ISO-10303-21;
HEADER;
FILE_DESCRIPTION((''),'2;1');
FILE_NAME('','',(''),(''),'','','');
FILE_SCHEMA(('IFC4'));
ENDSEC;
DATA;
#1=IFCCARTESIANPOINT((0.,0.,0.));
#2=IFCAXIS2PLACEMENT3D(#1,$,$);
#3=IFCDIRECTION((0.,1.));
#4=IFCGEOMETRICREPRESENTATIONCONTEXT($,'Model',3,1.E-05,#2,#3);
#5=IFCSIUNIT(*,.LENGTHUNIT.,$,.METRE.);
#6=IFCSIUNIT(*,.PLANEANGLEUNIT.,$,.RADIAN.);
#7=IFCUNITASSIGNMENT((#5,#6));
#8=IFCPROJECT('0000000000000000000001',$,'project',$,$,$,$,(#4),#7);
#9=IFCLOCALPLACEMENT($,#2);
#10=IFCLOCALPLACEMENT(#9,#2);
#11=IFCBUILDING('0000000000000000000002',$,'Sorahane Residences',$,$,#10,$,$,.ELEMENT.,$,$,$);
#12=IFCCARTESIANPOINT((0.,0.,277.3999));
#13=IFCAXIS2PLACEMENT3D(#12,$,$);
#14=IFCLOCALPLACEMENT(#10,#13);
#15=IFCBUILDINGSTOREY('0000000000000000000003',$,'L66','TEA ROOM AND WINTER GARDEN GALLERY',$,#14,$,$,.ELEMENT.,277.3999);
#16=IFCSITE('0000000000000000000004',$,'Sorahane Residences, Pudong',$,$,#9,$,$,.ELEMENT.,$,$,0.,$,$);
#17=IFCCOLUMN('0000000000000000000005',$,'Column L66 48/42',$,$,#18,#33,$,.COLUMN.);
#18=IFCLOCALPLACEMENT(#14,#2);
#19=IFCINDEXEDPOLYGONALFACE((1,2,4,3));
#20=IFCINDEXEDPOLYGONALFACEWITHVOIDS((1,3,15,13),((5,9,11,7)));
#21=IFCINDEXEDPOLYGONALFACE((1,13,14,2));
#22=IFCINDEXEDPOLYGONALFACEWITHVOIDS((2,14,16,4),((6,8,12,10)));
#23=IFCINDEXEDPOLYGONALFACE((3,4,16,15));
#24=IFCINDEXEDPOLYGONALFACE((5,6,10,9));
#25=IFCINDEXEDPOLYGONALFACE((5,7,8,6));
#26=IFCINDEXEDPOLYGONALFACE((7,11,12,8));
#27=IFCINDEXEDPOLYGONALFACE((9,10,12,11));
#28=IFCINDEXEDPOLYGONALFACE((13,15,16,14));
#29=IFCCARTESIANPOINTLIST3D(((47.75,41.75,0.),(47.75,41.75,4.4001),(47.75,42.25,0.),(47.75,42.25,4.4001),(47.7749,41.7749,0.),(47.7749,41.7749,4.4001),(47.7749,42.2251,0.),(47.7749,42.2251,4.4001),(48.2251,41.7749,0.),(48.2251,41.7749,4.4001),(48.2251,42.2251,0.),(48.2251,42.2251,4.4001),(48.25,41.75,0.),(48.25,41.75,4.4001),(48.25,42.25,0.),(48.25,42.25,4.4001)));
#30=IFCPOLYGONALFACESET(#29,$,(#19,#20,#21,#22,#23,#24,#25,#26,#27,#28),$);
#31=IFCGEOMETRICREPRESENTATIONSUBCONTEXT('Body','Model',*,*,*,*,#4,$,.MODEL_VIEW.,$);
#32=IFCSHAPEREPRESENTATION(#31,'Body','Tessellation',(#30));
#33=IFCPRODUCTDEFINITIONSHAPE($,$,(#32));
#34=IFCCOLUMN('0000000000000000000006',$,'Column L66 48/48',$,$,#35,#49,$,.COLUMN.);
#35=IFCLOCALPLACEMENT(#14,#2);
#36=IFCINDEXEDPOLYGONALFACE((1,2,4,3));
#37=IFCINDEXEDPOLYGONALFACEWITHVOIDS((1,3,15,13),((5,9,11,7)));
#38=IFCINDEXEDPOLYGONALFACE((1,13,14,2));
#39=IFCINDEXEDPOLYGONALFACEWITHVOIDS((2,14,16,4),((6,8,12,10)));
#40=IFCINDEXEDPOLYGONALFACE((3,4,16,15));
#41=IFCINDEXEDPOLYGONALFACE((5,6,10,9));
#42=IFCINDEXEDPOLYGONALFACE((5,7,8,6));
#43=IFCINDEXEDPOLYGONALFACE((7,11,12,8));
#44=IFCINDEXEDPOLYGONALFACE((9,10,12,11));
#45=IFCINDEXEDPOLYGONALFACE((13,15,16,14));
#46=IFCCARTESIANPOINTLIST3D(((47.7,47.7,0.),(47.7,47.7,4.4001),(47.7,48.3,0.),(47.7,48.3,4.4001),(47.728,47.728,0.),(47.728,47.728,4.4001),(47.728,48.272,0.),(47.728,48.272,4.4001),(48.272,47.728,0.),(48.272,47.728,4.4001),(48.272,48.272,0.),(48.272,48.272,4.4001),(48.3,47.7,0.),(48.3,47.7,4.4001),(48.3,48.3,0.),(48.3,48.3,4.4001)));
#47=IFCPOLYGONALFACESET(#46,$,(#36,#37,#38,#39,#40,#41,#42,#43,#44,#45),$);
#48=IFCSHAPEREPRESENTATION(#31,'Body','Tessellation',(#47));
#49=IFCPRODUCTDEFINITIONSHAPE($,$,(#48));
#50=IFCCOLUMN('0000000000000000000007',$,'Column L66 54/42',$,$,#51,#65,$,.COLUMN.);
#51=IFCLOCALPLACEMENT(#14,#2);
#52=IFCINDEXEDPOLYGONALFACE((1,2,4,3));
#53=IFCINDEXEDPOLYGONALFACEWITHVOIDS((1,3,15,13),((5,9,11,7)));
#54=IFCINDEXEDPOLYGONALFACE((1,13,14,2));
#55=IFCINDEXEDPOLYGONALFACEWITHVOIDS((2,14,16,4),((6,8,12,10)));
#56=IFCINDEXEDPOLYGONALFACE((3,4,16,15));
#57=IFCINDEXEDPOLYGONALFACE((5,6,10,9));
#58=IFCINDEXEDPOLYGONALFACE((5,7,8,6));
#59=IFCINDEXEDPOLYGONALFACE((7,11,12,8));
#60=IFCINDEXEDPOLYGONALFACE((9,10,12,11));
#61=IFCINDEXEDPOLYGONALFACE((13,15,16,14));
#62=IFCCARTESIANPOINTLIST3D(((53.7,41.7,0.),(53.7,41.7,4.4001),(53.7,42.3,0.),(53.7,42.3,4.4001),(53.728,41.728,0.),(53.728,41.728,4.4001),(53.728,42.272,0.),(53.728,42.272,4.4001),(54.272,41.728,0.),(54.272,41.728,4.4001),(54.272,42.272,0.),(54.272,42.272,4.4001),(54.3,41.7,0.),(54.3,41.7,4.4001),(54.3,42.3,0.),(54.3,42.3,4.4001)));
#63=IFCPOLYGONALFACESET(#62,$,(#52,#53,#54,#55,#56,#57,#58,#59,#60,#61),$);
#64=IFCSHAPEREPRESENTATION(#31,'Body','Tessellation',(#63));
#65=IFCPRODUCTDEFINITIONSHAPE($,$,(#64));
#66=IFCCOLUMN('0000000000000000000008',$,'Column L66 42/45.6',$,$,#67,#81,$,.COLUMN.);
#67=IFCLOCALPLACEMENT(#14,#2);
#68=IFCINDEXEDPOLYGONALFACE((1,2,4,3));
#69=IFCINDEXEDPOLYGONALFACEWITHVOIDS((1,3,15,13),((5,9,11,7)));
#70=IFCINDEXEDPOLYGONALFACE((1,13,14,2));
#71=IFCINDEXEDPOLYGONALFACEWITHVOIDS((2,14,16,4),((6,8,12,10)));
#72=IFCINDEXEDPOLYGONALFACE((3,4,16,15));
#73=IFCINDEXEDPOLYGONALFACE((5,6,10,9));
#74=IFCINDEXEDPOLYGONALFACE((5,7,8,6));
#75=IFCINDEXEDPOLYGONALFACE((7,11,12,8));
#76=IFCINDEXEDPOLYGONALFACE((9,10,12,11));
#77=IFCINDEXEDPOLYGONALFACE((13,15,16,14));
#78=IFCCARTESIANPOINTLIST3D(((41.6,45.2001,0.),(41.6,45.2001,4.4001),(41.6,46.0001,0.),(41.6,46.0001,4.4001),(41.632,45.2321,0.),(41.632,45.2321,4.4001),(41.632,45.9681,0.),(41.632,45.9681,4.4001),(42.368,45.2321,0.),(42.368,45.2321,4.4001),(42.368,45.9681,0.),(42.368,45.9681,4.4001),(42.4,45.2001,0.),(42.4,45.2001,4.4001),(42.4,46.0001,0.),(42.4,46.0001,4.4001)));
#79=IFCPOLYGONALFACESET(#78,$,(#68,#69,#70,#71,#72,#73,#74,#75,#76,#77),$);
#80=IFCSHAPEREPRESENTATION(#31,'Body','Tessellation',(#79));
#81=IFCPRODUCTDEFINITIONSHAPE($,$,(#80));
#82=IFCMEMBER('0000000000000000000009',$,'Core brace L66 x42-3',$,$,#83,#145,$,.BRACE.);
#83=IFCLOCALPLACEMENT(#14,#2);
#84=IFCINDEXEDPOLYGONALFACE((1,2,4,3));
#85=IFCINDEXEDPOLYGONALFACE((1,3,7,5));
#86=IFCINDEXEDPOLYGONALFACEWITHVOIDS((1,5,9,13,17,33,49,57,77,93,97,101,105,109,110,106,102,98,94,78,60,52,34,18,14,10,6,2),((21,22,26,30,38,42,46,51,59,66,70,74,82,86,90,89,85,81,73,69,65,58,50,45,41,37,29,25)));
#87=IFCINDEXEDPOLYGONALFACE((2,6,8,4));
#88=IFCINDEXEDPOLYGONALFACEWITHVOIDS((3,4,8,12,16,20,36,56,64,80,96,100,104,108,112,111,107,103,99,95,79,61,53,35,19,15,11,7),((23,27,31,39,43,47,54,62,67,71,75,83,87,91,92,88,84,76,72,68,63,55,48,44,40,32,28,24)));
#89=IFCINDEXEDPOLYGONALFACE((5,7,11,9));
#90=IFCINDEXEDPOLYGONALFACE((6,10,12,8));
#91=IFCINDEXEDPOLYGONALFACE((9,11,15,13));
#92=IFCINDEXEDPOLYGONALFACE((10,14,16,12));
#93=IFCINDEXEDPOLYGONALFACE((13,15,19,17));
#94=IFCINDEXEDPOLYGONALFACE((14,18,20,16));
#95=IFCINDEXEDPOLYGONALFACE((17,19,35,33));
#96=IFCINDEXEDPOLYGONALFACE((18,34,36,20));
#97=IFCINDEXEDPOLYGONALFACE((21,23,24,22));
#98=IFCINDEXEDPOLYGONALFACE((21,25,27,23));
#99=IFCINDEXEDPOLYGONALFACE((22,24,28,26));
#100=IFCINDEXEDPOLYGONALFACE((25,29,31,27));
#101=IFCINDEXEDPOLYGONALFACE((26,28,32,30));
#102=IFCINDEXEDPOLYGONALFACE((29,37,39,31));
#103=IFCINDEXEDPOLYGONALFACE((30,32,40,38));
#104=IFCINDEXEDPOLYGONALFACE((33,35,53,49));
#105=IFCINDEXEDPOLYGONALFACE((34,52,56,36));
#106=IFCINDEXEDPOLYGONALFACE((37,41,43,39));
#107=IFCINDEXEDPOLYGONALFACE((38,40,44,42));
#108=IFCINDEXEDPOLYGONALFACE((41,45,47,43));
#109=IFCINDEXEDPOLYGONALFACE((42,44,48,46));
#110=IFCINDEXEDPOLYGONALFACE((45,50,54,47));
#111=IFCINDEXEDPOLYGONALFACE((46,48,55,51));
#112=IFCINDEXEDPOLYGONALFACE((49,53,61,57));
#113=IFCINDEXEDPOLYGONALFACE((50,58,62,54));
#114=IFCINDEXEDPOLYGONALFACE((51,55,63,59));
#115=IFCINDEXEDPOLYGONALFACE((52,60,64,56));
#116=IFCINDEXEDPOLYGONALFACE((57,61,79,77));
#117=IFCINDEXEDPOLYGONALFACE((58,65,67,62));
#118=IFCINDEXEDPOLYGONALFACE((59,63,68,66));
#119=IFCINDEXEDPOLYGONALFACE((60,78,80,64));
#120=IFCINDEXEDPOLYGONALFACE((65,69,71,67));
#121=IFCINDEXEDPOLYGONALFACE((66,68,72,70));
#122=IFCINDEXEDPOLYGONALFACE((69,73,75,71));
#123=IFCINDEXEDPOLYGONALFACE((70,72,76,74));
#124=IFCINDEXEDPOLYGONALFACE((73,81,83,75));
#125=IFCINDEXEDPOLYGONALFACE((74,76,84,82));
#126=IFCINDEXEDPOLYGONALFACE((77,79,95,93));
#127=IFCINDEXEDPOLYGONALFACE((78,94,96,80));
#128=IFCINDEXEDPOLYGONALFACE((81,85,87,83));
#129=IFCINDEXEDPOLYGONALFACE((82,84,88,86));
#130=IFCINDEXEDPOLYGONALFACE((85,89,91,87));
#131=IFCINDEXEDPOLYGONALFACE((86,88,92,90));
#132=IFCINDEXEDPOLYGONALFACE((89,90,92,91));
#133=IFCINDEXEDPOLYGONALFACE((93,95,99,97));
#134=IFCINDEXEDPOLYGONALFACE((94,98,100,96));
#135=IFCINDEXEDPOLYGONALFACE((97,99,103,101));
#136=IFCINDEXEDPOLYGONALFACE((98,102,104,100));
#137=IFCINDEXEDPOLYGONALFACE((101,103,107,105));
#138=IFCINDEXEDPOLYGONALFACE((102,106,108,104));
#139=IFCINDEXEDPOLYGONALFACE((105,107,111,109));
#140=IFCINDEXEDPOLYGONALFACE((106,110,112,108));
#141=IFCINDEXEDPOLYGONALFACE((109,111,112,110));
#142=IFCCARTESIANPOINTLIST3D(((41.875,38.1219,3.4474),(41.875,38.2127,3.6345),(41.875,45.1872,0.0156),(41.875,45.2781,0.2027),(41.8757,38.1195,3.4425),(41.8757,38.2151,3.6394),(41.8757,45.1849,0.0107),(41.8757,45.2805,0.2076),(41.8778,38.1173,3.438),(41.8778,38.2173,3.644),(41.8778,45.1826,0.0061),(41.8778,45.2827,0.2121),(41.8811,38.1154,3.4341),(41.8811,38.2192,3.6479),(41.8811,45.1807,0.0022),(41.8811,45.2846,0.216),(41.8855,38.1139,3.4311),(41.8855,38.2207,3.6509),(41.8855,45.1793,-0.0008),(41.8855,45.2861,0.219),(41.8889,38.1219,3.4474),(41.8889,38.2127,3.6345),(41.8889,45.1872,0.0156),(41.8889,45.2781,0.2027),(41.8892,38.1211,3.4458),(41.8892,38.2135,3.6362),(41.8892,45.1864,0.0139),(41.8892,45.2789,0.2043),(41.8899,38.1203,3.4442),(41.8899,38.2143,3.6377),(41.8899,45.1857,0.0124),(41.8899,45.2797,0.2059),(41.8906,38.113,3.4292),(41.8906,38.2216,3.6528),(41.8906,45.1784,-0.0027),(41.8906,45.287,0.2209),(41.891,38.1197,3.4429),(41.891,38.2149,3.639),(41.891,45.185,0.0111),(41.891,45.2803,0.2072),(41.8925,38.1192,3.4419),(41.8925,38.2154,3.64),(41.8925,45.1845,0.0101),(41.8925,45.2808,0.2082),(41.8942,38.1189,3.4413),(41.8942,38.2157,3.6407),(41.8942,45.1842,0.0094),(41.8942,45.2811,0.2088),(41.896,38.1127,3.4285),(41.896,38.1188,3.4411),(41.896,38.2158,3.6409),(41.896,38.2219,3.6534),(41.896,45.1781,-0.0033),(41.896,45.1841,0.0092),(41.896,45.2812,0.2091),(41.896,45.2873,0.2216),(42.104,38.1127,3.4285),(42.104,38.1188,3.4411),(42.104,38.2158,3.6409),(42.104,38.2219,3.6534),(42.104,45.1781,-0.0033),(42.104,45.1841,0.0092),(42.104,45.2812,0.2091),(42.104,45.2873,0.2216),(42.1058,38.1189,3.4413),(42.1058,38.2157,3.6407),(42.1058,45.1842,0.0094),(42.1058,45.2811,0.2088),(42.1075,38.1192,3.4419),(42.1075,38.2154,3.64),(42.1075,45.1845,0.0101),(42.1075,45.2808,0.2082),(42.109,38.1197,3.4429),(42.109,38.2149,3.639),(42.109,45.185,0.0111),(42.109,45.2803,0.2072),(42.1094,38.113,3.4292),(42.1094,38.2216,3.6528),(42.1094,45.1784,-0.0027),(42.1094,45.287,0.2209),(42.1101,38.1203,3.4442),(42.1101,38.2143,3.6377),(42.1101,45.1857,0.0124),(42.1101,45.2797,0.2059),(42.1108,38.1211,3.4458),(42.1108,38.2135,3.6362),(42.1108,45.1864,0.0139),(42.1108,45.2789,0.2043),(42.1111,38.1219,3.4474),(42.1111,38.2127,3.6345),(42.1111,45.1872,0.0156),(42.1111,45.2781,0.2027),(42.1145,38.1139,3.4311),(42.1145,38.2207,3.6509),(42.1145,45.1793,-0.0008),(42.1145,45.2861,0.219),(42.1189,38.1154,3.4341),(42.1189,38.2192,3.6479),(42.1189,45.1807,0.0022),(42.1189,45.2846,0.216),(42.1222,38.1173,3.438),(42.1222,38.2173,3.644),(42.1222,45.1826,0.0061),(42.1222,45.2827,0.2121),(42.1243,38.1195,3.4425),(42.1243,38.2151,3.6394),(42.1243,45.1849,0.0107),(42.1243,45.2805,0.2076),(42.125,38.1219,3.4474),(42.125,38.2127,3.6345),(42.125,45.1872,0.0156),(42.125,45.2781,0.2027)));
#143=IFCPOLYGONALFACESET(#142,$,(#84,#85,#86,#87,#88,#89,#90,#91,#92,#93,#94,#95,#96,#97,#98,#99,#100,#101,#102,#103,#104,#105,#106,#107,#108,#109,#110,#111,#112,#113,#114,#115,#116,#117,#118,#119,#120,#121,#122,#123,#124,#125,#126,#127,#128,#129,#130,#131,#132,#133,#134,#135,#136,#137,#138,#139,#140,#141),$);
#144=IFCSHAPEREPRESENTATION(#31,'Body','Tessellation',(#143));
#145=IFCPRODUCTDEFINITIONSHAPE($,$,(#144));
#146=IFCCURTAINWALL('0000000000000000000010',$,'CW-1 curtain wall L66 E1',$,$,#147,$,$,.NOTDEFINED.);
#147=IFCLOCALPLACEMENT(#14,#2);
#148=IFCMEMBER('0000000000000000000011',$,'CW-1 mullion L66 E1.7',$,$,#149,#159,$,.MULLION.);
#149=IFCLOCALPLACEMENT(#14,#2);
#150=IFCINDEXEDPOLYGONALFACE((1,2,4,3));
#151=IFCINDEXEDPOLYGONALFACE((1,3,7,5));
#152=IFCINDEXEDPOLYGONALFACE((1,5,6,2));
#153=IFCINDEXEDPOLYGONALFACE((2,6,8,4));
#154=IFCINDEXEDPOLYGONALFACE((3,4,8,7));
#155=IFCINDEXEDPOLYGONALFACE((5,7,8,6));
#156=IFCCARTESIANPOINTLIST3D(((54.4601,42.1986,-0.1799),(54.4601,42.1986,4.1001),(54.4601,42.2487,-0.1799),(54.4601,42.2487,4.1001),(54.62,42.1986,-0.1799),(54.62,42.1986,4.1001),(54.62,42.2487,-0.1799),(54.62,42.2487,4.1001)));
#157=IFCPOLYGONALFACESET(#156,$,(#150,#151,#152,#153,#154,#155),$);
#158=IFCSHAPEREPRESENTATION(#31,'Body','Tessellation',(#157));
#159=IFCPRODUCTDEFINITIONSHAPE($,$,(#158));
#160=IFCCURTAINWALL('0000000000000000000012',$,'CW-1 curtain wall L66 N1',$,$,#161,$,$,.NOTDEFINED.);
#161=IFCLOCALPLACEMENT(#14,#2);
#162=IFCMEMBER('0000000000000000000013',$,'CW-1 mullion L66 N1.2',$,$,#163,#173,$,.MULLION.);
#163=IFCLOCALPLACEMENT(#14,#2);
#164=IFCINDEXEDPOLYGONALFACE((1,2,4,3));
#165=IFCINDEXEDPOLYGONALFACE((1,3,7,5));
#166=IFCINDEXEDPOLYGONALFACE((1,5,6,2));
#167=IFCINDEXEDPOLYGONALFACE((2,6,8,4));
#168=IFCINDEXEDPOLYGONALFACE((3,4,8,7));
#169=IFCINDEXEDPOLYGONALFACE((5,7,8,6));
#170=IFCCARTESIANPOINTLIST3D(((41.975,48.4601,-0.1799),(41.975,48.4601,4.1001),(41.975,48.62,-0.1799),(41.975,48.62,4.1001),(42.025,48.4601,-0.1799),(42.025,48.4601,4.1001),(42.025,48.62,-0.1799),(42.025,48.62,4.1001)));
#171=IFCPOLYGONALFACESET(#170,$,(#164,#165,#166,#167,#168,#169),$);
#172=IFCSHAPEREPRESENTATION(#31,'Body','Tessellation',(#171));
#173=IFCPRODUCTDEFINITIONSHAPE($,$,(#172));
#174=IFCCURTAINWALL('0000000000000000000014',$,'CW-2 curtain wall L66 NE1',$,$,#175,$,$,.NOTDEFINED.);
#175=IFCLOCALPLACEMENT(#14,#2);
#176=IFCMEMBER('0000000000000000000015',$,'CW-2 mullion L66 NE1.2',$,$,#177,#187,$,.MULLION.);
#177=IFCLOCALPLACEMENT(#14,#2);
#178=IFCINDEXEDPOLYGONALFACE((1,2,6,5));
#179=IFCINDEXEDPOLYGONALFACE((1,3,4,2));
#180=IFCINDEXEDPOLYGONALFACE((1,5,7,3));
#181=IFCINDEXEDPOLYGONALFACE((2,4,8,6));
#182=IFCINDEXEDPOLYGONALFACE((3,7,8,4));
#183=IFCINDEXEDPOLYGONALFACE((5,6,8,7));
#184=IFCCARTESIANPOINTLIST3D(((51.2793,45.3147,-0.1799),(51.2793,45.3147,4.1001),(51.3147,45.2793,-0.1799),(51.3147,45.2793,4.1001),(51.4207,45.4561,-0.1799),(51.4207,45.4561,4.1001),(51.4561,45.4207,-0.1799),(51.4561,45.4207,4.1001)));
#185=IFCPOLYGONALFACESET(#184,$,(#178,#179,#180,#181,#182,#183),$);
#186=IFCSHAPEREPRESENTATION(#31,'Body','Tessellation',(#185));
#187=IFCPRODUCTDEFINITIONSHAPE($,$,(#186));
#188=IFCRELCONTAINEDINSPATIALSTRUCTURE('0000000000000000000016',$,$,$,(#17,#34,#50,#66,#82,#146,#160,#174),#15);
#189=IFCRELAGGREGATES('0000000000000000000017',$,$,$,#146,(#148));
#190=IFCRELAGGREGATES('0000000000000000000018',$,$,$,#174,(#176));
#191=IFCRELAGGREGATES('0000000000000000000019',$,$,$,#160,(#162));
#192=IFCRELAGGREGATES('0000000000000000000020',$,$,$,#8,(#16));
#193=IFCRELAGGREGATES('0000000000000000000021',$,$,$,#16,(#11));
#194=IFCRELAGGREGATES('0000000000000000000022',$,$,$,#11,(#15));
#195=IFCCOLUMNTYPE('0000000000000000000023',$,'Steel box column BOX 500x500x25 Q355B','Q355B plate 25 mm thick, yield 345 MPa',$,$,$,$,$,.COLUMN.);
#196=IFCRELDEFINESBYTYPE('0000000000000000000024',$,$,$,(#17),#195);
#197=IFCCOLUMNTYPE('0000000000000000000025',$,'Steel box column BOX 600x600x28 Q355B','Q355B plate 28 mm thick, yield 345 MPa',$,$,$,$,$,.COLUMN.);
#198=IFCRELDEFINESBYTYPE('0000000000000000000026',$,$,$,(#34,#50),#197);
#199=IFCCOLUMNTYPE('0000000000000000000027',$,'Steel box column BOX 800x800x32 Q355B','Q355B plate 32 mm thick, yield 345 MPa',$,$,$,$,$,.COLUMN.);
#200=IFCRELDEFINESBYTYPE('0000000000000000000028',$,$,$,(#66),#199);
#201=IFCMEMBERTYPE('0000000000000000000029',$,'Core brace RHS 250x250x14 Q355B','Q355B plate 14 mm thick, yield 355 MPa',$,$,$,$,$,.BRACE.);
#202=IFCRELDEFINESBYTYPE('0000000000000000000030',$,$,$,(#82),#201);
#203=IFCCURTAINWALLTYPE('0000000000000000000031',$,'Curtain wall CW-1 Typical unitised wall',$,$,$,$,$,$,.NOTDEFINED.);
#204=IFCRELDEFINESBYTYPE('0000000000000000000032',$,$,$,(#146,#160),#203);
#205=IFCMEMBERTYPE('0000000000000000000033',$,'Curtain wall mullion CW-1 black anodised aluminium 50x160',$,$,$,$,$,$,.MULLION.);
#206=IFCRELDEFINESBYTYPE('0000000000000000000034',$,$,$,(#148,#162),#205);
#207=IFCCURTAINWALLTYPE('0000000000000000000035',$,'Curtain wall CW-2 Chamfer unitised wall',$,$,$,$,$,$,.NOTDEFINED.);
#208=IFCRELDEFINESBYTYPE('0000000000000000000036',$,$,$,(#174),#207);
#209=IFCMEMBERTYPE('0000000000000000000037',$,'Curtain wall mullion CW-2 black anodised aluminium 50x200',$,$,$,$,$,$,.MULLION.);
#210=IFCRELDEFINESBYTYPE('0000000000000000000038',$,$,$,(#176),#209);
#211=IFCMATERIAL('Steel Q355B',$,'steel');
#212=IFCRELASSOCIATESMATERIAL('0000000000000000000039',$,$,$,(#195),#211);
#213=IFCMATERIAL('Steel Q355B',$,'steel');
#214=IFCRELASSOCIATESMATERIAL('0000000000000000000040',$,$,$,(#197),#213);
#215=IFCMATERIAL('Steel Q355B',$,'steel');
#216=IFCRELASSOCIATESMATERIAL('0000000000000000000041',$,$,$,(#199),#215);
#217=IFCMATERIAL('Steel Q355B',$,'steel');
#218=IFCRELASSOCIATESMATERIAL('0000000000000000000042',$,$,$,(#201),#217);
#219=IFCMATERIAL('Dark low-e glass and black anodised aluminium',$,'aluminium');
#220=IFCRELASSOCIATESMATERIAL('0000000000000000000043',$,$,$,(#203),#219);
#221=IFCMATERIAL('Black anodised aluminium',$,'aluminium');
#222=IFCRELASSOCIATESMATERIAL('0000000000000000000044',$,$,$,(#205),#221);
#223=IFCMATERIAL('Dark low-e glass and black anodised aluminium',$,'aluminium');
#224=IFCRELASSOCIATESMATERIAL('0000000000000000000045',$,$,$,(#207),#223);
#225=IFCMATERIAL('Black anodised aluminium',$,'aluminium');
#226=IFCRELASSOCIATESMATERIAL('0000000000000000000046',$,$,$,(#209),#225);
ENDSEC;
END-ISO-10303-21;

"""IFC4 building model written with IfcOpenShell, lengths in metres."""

from ifc_helpers import new_model, si_unit, direction, frame, origin, origin_2d, place, context, subcontext, project, spatial, rectangle, hollow_rectangle, extrude, material, material_profile, profile_set, type_object, element, aggregate, save


model = new_model("IFC4")

# Units and contexts
model_context = context("Model", 3, precision=1e-05, world=origin(), true_north=direction((0.0, 1.0)))
body_context = subcontext(model_context, "Body", "Model", "MODEL_VIEW")
ifc_project = project(units=[si_unit("LENGTHUNIT", "METRE"), si_unit("PLANEANGLEUNIT", "RADIAN")], contexts=[model_context])

# Site, building, storey
site_placement = place(None, origin())
site = spatial("IfcSite", under=ifc_project, at=site_placement, Name="Sorahane Residences, Pudong", CompositionType="ELEMENT", RefElevation=0.0)
building_placement = place(site_placement, origin())
building = spatial("IfcBuilding", under=site, at=building_placement, Name="Sorahane Residences", CompositionType="ELEMENT")
storey_placement = place(building_placement, frame((0.0, 0.0, 277.3999)))
storey = spatial("IfcBuildingStorey", under=building, at=storey_placement, Name="L66", Description="TEA ROOM AND WINTER GARDEN GALLERY", CompositionType="ELEMENT", Elevation=277.3999)

# Columns
ifc_material_1 = material(Name="Steel Q355B", Category="steel")
ifc_material_profile_1 = material_profile(ifc_material_1, hollow_rectangle(XDim=0.5, YDim=0.5, WallThickness=0.0249, at=origin_2d()), Name="BOX 500x500x25")
ifc_profile_set_1 = profile_set([ifc_material_profile_1], Name="Steel Q355B")
column_type_1 = type_object("IfcColumnType", Name="Steel box column BOX 500x500x25 Q355B", Description="Q355B plate 25 mm thick, yield 345 MPa", PredefinedType="COLUMN", material=ifc_profile_set_1)
column_1_placement = place(storey_placement, frame((48.0, 42.0, 0.0), z_axis=(0.0, 0.0, 1.0), x_axis=(1.0, 0.0, 0.0)))
element("IfcColumn", 1, at=column_1_placement, inside=storey, type_object=column_type_1, Name="Column L66 48/42", PredefinedType="COLUMN", context=body_context, shape_type="SweptSolid", body=[
    extrude(hollow_rectangle(XDim=0.5, YDim=0.5, WallThickness=0.0249, at=origin_2d()), origin(), (0.0, 0.0, 1.0), 4.4001),
])
ifc_material_2 = material(Name="Steel Q355B", Category="steel")
ifc_material_profile_2 = material_profile(ifc_material_2, hollow_rectangle(XDim=0.6001, YDim=0.6001, WallThickness=0.0281, at=origin_2d()), Name="BOX 600x600x28")
ifc_profile_set_2 = profile_set([ifc_material_profile_2], Name="Steel Q355B")
column_type_2 = type_object("IfcColumnType", Name="Steel box column BOX 600x600x28 Q355B", Description="Q355B plate 28 mm thick, yield 345 MPa", PredefinedType="COLUMN", material=ifc_profile_set_2)
for number, where, z_axis, x_axis, name in (
    (2, (48.0, 48.0, 0.0), (0.0, 0.0, 1.0), (1.0, 0.0, 0.0), "Column L66 48/48"),
    (3, (54.0, 42.0, 0.0), (0.0, 0.0, 1.0), (1.0, 0.0, 0.0), "Column L66 54/42"),
):
    element("IfcColumn", number, at=place(storey_placement, frame(where, z_axis=z_axis, x_axis=x_axis)), inside=storey, type_object=column_type_2, Name=name, PredefinedType="COLUMN", context=body_context, shape_type="SweptSolid", body=[
        extrude(hollow_rectangle(XDim=0.6001, YDim=0.6001, WallThickness=0.0281, at=origin_2d()), origin(), (0.0, 0.0, 1.0), 4.4001),
    ])
ifc_material_3 = material(Name="Steel Q355B", Category="steel")
ifc_material_profile_3 = material_profile(ifc_material_3, hollow_rectangle(XDim=0.8, YDim=0.8, WallThickness=0.032, at=origin_2d()), Name="BOX 800x800x32")
ifc_profile_set_3 = profile_set([ifc_material_profile_3], Name="Steel Q355B")
column_type_3 = type_object("IfcColumnType", Name="Steel box column BOX 800x800x32 Q355B", Description="Q355B plate 32 mm thick, yield 345 MPa", PredefinedType="COLUMN", material=ifc_profile_set_3)
column_2_placement = place(storey_placement, frame((42.0, 45.6001, 0.0), z_axis=(0.0, 0.0, 1.0), x_axis=(1.0, 0.0, 0.0)))
element("IfcColumn", 4, at=column_2_placement, inside=storey, type_object=column_type_3, Name="Column L66 42/45.6", PredefinedType="COLUMN", context=body_context, shape_type="SweptSolid", body=[
    extrude(hollow_rectangle(XDim=0.8, YDim=0.8, WallThickness=0.032, at=origin_2d()), origin(), (0.0, 0.0, 1.0), 4.4001),
])

# Member
ifc_material_4 = material(Name="Steel Q355B", Category="steel")
ifc_material_profile_4 = material_profile(ifc_material_4, hollow_rectangle(XDim=0.25, YDim=0.25, WallThickness=0.0139, InnerFilletRadius=0.0071, OuterFilletRadius=0.021, at=origin_2d()), Name="RHS 250x250x14")
ifc_profile_set_4 = profile_set([ifc_material_profile_4], Name="Steel Q355B")
member_type_1 = type_object("IfcMemberType", Name="Core brace RHS 250x250x14 Q355B", Description="Q355B plate 14 mm thick, yield 355 MPa", PredefinedType="BRACE", material=ifc_profile_set_4)
member_1_placement = place(storey_placement, frame((42.0, 45.2327, 0.1091), z_axis=(0.0, -0.899503, 0.436915), x_axis=(1.0, 0.0, 0.0)))
element("IfcMember", 5, at=member_1_placement, inside=storey, type_object=member_type_1, Name="Core brace L66 x42-3", PredefinedType="BRACE", context=body_context, shape_type="SweptSolid", body=[
    extrude(hollow_rectangle(XDim=0.25, YDim=0.25, WallThickness=0.0139, InnerFilletRadius=0.0071, OuterFilletRadius=0.021, at=origin_2d()), origin(), (0.0, 0.0, 1.0), 7.8547),
])

# Curtain walls, members
ifc_material_5 = material(Name="Dark low-e glass and black anodised aluminium", Category="aluminium")
curtain_wall_type_1 = type_object("IfcCurtainWallType", Name="Curtain wall CW-1 Typical unitised wall", PredefinedType="NOTDEFINED", material=ifc_material_5)
curtain_wall_1_placement = place(storey_placement, origin())
curtain_wall_1 = element("IfcCurtainWall", 6, at=curtain_wall_1_placement, inside=storey, type_object=curtain_wall_type_1, Name="CW-1 curtain wall L66 E1", PredefinedType="NOTDEFINED")
ifc_material_6 = material(Name="Black anodised aluminium", Category="aluminium")
ifc_material_profile_5 = material_profile(ifc_material_6, rectangle(XDim=0.1599, YDim=0.05, at=origin_2d()), Name="Curtain wall mullion CW-1 black anodised aluminium 50x160")
ifc_profile_set_5 = profile_set([ifc_material_profile_5], Name="Black anodised aluminium")
member_type_2 = type_object("IfcMemberType", Name="Curtain wall mullion CW-1 black anodised aluminium 50x160", PredefinedType="MULLION", material=ifc_profile_set_5)
member_2_placement = place(storey_placement, frame((54.54, 42.2236, -0.1799), z_axis=(0.0, 0.0, 1.0), x_axis=(1.0, 0.0, 0.0)))
member_2 = element("IfcMember", 7, at=member_2_placement, type_object=member_type_2, Name="CW-1 mullion L66 E1.7", PredefinedType="MULLION", context=body_context, shape_type="SweptSolid", body=[
    extrude(rectangle(XDim=0.1599, YDim=0.05, at=origin_2d()), origin(), (0.0, 0.0, 1.0), 4.28),
])
aggregate(curtain_wall_1, [member_2])
curtain_wall_2_placement = place(storey_placement, origin())
curtain_wall_2 = element("IfcCurtainWall", 8, at=curtain_wall_2_placement, inside=storey, type_object=curtain_wall_type_1, Name="CW-1 curtain wall L66 N1", PredefinedType="NOTDEFINED")
member_3_placement = place(storey_placement, frame((42.0, 48.54, -0.1799), z_axis=(0.0, 0.0, 1.0), x_axis=(0.0, 1.0, 0.0)))
member_3 = element("IfcMember", 9, at=member_3_placement, type_object=member_type_2, Name="CW-1 mullion L66 N1.2", PredefinedType="MULLION", context=body_context, shape_type="SweptSolid", body=[
    extrude(rectangle(XDim=0.1599, YDim=0.05, at=origin_2d()), origin(), (0.0, 0.0, 1.0), 4.28),
])

# Curtain wall, member
ifc_material_7 = material(Name="Dark low-e glass and black anodised aluminium", Category="aluminium")
curtain_wall_type_2 = type_object("IfcCurtainWallType", Name="Curtain wall CW-2 Chamfer unitised wall", PredefinedType="NOTDEFINED", material=ifc_material_7)
curtain_wall_3_placement = place(storey_placement, origin())
curtain_wall_3 = element("IfcCurtainWall", 10, at=curtain_wall_3_placement, inside=storey, type_object=curtain_wall_type_2, Name="CW-2 curtain wall L66 NE1", PredefinedType="NOTDEFINED")
ifc_material_8 = material(Name="Black anodised aluminium", Category="aluminium")
ifc_material_profile_6 = material_profile(ifc_material_8, rectangle(XDim=0.2, YDim=0.05, at=origin_2d()), Name="Curtain wall mullion CW-2 black anodised aluminium 50x200")
ifc_profile_set_6 = profile_set([ifc_material_profile_6], Name="Black anodised aluminium")
member_type_3 = type_object("IfcMemberType", Name="Curtain wall mullion CW-2 black anodised aluminium 50x200", PredefinedType="MULLION", material=ifc_profile_set_6)
member_4_placement = place(storey_placement, frame((51.3677, 45.3677, -0.1799), z_axis=(0.0, 0.0, 1.0), x_axis=(0.707107, 0.707107, 0.0)))
member_4 = element("IfcMember", 11, at=member_4_placement, type_object=member_type_3, Name="CW-2 mullion L66 NE1.2", PredefinedType="MULLION", context=body_context, shape_type="SweptSolid", body=[
    extrude(rectangle(XDim=0.2, YDim=0.05, at=origin_2d()), origin(), (0.0, 0.0, 1.0), 4.28),
])

aggregate(curtain_wall_3, [member_4])
aggregate(curtain_wall_2, [member_3])

save(model, "model.ifc")
